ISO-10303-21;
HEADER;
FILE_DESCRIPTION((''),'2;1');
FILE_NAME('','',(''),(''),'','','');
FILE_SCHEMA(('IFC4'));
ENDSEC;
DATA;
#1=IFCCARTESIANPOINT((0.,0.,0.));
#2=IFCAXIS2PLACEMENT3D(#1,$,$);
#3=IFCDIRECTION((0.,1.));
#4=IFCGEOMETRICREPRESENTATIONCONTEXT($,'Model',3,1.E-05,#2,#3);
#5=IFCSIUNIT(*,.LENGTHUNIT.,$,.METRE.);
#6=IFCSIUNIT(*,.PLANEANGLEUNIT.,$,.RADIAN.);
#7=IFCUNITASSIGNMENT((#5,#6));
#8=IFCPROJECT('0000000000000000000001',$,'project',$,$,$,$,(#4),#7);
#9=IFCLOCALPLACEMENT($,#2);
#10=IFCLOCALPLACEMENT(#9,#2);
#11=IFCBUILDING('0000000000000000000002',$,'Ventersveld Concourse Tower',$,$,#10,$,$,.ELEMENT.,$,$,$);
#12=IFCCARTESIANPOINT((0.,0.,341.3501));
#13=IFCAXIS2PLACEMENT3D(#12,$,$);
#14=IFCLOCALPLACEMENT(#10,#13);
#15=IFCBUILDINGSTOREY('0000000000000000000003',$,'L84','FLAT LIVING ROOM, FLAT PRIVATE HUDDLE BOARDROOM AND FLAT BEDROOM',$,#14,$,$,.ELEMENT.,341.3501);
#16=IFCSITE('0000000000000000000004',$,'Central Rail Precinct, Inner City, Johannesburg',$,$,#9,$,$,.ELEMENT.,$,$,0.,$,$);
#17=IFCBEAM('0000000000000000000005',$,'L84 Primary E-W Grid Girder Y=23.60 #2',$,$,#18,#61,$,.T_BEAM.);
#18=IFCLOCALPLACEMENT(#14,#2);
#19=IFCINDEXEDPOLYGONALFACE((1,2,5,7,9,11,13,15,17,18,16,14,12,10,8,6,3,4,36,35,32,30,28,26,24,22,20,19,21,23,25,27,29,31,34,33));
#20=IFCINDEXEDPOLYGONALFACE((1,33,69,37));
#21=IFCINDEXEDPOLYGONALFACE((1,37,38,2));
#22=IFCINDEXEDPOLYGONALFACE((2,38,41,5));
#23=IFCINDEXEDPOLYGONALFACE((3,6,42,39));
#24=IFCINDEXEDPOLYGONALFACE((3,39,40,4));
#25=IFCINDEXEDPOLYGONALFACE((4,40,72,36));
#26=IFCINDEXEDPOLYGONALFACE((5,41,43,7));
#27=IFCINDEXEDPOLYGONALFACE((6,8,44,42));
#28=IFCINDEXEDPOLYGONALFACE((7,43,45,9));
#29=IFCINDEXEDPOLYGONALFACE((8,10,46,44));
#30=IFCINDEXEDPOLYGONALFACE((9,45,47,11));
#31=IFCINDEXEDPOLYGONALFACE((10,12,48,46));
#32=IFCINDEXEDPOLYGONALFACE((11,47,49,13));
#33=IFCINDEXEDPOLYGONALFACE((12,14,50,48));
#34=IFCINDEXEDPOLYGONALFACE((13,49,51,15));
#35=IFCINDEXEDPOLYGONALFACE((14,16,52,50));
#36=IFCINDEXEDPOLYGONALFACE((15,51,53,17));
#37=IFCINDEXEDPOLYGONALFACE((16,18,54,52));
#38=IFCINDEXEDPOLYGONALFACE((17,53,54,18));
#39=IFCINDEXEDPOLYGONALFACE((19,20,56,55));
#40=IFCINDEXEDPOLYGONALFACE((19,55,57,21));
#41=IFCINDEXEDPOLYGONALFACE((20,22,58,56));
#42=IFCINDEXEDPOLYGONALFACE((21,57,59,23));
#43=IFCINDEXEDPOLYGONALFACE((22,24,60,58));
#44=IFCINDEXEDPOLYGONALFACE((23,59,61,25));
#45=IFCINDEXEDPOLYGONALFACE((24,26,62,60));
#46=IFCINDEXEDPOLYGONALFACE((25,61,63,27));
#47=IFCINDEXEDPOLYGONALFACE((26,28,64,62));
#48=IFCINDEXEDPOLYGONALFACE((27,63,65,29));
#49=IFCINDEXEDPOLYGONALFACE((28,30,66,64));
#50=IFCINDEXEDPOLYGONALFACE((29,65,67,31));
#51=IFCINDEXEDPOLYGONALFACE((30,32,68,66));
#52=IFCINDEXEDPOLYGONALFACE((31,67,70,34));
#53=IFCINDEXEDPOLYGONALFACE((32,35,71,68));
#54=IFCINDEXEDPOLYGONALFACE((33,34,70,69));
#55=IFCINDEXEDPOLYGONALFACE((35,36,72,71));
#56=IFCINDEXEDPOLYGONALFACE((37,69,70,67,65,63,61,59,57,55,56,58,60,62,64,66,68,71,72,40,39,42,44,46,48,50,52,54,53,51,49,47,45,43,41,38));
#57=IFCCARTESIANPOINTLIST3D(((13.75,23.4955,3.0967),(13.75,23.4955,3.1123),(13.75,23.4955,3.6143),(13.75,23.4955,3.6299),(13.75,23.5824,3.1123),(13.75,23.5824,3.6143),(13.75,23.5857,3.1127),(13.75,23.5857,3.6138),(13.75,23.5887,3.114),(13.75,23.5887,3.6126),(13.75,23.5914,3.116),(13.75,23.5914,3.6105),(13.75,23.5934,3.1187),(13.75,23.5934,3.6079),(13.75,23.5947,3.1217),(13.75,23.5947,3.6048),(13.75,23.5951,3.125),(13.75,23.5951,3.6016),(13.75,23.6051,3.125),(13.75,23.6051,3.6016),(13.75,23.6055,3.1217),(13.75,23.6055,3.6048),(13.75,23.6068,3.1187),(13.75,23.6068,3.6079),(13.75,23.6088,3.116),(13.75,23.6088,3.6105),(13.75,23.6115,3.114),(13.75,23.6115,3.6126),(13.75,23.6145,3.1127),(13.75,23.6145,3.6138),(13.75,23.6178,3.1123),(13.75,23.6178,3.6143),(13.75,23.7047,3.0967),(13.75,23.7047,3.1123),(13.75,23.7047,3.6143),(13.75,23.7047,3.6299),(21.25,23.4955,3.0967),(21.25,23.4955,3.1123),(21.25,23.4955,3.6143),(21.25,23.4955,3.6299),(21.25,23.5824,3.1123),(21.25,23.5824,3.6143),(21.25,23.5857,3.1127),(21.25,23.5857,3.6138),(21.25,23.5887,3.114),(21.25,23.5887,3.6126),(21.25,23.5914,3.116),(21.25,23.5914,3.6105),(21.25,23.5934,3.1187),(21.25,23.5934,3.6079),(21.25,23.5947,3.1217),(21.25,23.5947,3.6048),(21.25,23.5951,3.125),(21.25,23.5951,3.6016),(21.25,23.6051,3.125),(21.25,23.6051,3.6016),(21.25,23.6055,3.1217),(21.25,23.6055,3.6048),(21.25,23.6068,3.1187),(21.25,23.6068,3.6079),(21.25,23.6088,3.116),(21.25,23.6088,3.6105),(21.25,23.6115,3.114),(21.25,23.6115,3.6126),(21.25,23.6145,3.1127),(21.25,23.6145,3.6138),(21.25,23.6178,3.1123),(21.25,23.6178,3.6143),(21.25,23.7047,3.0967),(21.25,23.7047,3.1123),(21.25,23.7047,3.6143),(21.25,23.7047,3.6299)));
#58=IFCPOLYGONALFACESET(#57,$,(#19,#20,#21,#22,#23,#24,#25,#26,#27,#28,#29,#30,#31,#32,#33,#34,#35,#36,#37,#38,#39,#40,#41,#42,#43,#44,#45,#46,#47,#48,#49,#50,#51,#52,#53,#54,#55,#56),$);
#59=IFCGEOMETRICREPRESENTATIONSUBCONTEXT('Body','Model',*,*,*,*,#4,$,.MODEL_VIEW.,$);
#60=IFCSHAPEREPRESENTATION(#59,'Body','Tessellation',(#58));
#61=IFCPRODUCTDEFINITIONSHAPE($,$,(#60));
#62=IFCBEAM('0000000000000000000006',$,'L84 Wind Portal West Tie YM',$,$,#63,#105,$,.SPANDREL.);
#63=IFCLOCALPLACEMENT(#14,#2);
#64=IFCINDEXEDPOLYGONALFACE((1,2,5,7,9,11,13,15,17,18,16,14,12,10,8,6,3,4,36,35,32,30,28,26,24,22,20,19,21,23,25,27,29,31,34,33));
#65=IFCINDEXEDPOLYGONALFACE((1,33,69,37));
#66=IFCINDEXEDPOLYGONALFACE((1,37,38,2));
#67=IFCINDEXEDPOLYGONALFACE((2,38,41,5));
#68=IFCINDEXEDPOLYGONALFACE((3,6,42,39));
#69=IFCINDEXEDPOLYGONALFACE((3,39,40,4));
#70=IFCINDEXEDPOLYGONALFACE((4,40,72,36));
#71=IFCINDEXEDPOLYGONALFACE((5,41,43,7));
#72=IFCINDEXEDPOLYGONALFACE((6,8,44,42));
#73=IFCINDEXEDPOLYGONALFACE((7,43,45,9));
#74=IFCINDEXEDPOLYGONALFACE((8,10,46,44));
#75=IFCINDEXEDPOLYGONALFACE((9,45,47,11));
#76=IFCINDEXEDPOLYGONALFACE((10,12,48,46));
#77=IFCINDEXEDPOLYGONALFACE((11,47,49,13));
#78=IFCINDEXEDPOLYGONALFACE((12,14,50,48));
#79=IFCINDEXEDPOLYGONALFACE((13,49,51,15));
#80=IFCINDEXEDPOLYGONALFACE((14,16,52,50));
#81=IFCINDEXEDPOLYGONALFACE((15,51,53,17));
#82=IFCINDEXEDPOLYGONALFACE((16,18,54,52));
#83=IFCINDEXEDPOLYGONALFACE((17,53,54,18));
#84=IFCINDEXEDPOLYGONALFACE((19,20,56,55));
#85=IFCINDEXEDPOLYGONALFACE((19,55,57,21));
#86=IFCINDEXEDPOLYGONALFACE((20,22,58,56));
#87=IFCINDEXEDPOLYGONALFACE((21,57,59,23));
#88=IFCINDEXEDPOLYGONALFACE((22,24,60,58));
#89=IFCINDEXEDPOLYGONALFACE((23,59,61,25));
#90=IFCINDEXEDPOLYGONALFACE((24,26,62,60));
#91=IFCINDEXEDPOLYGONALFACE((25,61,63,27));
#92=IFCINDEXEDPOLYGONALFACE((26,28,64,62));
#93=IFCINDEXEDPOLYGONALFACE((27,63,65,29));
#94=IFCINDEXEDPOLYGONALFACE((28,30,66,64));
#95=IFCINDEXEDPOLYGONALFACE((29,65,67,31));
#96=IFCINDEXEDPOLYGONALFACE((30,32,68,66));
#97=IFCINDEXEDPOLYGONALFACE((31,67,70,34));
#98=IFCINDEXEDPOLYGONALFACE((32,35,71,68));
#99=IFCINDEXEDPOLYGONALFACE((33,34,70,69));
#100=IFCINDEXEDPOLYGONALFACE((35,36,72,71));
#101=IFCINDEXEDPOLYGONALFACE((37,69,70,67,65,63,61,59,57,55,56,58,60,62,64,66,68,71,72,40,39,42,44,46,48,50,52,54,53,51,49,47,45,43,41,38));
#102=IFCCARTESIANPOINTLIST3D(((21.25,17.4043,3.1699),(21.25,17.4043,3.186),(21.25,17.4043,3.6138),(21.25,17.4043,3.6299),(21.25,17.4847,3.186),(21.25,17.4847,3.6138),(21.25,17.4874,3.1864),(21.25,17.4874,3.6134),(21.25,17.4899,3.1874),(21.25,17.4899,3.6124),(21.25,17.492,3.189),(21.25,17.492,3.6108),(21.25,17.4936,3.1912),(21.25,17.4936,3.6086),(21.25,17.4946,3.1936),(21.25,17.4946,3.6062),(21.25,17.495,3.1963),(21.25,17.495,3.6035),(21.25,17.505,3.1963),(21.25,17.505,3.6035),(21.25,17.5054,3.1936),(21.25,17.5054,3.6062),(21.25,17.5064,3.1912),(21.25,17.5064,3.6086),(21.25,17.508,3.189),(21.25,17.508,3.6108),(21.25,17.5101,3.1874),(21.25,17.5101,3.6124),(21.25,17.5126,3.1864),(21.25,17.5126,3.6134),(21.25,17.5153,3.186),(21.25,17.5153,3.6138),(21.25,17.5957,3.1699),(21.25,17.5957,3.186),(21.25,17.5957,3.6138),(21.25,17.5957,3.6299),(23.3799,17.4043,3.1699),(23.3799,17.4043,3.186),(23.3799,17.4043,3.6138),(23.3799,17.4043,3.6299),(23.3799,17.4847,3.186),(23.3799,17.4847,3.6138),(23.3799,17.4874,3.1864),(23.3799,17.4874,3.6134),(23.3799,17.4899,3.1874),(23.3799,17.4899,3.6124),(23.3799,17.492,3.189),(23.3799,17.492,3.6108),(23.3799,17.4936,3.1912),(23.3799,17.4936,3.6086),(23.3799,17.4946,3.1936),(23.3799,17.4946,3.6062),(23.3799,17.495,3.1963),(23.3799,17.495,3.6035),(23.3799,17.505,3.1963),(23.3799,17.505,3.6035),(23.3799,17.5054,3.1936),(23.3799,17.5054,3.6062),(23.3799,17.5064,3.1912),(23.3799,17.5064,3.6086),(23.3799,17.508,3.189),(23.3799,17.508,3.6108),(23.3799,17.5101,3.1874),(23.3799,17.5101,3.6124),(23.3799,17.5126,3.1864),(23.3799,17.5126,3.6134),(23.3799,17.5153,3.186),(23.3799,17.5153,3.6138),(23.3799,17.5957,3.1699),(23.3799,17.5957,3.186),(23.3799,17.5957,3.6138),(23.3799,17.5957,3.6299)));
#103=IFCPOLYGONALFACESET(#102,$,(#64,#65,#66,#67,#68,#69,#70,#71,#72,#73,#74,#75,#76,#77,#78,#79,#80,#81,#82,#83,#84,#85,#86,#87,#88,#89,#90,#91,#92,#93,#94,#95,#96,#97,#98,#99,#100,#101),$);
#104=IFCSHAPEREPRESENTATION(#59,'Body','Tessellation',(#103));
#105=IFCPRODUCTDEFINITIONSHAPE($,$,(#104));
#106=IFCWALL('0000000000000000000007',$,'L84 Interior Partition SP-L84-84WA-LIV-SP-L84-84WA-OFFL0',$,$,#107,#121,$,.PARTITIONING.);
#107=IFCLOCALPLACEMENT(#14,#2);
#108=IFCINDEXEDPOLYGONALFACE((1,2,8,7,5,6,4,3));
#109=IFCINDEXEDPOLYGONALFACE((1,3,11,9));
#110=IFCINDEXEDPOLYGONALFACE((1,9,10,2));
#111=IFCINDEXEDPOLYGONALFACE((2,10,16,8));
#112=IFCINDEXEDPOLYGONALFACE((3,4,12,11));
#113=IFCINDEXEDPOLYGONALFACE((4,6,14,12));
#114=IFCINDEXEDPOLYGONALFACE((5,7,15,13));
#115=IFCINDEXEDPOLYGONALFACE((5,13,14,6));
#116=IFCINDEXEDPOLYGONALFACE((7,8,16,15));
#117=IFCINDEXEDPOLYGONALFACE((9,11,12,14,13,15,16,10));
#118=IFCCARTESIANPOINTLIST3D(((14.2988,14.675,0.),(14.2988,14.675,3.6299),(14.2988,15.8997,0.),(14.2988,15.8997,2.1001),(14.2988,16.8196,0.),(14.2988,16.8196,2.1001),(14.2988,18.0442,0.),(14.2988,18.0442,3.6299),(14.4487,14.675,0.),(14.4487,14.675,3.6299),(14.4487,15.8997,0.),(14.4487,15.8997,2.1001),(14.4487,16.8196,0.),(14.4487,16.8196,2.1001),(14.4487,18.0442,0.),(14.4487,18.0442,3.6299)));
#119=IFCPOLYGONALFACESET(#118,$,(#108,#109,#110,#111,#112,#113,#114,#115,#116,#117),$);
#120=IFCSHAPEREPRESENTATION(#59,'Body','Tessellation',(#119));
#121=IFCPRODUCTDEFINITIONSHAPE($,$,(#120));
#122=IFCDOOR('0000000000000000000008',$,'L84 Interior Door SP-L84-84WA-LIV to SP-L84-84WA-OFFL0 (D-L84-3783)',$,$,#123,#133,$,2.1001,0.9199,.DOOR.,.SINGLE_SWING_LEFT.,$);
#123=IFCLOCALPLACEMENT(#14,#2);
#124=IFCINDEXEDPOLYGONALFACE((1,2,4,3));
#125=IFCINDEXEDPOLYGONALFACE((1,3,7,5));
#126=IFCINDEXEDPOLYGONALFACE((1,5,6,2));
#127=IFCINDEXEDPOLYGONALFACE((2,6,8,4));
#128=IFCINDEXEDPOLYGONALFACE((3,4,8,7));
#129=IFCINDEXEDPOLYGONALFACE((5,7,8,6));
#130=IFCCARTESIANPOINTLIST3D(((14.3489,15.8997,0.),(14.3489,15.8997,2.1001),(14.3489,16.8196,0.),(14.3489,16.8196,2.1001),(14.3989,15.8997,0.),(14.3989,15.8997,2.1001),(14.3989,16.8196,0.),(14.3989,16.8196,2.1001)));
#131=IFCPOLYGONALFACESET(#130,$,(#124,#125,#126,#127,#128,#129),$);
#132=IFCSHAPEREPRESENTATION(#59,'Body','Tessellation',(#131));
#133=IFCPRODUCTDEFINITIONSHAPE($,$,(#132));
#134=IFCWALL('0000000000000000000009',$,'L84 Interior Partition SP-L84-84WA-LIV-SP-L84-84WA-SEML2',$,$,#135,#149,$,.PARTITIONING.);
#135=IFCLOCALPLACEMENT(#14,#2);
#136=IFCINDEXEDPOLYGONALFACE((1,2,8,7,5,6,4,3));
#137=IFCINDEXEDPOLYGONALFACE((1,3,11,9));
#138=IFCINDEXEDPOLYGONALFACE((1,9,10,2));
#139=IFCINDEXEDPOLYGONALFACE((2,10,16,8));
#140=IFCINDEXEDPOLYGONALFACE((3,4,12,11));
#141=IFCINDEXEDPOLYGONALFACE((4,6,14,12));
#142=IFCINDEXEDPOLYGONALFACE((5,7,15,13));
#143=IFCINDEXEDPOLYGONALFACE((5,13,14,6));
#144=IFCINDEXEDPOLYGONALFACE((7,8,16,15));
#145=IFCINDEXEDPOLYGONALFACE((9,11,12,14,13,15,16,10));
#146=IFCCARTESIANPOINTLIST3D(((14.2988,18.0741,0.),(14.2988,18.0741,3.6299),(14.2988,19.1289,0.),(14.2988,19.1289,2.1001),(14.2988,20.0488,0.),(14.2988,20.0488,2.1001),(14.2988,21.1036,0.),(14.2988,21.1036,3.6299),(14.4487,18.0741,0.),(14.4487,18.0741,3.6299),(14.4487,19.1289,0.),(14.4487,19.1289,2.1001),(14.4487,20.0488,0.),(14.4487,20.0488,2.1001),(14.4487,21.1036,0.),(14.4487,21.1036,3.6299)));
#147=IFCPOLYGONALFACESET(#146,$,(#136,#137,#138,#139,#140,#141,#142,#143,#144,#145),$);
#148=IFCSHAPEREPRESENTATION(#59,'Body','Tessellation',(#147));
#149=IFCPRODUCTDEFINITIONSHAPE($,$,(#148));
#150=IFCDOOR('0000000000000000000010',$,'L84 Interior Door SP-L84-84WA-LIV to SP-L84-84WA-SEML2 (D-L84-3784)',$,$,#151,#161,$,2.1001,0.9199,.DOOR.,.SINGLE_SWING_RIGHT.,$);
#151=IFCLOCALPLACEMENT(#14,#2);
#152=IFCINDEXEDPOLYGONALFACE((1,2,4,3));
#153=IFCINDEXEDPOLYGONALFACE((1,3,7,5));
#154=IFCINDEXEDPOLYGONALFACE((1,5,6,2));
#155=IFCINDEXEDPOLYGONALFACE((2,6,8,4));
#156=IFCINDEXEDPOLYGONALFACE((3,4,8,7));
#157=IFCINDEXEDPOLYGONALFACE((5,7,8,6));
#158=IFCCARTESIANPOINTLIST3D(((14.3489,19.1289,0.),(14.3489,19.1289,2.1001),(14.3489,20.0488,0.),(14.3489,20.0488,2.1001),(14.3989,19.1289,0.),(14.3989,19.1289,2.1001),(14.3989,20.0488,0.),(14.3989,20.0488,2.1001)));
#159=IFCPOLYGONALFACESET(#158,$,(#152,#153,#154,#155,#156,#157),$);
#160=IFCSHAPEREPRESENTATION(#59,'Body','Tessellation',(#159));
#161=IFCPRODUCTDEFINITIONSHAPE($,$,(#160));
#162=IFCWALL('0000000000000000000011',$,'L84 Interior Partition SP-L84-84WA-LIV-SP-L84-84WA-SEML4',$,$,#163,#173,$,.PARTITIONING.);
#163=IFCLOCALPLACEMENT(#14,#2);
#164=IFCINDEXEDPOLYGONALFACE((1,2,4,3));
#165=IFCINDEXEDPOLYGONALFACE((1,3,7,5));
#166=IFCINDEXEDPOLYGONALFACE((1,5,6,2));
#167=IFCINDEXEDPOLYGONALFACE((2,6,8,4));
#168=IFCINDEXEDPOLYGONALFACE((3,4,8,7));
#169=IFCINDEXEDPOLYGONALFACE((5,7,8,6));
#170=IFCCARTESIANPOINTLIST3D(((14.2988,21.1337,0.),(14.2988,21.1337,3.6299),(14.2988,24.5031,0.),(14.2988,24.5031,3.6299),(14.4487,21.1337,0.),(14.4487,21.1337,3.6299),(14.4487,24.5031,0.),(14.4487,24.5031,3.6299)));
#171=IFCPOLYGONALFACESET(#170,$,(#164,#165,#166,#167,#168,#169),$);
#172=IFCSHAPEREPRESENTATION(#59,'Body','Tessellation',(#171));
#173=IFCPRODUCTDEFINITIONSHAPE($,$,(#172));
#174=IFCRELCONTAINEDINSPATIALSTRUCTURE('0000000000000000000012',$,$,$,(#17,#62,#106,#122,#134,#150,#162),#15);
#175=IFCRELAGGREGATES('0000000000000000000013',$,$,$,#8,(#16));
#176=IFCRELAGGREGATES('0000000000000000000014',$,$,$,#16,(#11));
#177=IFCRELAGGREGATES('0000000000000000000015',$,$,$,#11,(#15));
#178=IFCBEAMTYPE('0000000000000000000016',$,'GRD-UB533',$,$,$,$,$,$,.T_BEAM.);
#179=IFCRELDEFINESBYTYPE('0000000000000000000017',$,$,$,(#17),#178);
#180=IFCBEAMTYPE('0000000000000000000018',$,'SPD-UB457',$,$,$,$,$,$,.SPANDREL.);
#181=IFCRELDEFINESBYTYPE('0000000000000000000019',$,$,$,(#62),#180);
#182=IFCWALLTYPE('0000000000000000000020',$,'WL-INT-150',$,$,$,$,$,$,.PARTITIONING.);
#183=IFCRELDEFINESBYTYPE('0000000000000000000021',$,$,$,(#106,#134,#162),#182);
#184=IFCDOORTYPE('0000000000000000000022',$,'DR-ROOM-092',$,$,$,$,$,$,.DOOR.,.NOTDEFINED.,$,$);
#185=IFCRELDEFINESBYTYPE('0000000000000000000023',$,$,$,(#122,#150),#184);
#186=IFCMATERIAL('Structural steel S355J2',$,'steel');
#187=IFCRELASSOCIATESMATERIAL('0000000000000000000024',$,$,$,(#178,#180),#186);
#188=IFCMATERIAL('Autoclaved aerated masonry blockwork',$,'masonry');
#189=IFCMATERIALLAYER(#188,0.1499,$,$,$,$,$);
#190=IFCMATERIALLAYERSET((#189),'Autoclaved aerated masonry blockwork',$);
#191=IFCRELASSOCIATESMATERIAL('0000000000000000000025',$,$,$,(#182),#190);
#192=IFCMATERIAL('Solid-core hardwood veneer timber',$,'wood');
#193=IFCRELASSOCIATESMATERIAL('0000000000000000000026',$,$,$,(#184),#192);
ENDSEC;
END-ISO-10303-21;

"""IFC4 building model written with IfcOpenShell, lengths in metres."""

from ifc_helpers import new_model, si_unit, direction, frame, frame_2d, origin, origin_2d, place, context, subcontext, project, spatial, rectangle, i_section, extrude, material, layer, layer_set, material_profile, profile_set, type_object, element, fill, save


model = new_model("IFC4")

# Units and contexts
model_context = context("Model", 3, precision=1e-05, world=origin(), true_north=direction((0.0, 1.0)))
body_context = subcontext(model_context, "Body", "Model", "MODEL_VIEW")
ifc_project = project(units=[si_unit("LENGTHUNIT", "METRE"), si_unit("PLANEANGLEUNIT", "RADIAN")], contexts=[model_context])

# Site, building, storey
site_placement = place(None, origin())
site = spatial("IfcSite", under=ifc_project, at=site_placement, Name="Central Rail Precinct, Inner City, Johannesburg", CompositionType="ELEMENT", RefElevation=0.0)
building_placement = place(site_placement, origin())
building = spatial("IfcBuilding", under=site, at=building_placement, Name="Ventersveld Concourse Tower", CompositionType="ELEMENT")
storey_placement = place(building_placement, frame((0.0, 0.0, 341.3501)))
storey = spatial("IfcBuildingStorey", under=building, at=storey_placement, Name="L84", Description="FLAT LIVING ROOM, FLAT PRIVATE HUDDLE BOARDROOM AND FLAT BEDROOM", CompositionType="ELEMENT", Elevation=341.3501)

# Shared definitions
ifc_material_1 = material(Name="Structural steel S355J2", Category="steel")

# Beams
ifc_material_profile_1 = material_profile(ifc_material_1, i_section(OverallWidth=0.2092, OverallDepth=0.5332, WebThickness=0.01, FlangeThickness=0.0156, FilletRadius=0.0127, at=origin_2d()), Name="UB 533x210x92")
ifc_profile_set_1 = profile_set([ifc_material_profile_1], Name="Structural steel S355J2")
beam_type_1 = type_object("IfcBeamType", Name="GRD-UB533", PredefinedType="T_BEAM", material=ifc_profile_set_1)
beam_1_placement = place(storey_placement, frame((13.75, 23.6001, 3.3633), z_axis=(1.0, 0.0, 0.0), x_axis=(0.0, 1.0, 0.0)))
element("IfcBeam", 1, at=beam_1_placement, inside=storey, type_object=beam_type_1, Name="L84 Primary E-W Grid Girder Y=23.60 #2", PredefinedType="T_BEAM", context=body_context, shape_type="SweptSolid", body=[
    extrude(i_section(OverallWidth=0.2092, OverallDepth=0.5332, WebThickness=0.01, FlangeThickness=0.0156, FilletRadius=0.0127, at=origin_2d()), origin(), (0.0, 0.0, 1.0), 7.5),
])
ifc_material_profile_2 = material_profile(ifc_material_1, i_section(OverallWidth=0.1914, OverallDepth=0.46, WebThickness=0.01, FlangeThickness=0.0161, FilletRadius=0.0103, at=origin_2d()), Name="UB 457x191x82")
ifc_profile_set_2 = profile_set([ifc_material_profile_2], Name="Structural steel S355J2")
beam_type_2 = type_object("IfcBeamType", Name="SPD-UB457", PredefinedType="SPANDREL", material=ifc_profile_set_2)
beam_2_placement = place(storey_placement, frame((21.25, 17.5, 3.3999), z_axis=(1.0, 0.0, 0.0), x_axis=(0.0, 1.0, 0.0)))
element("IfcBeam", 2, at=beam_2_placement, inside=storey, type_object=beam_type_2, Name="L84 Wind Portal West Tie YM", PredefinedType="SPANDREL", context=body_context, shape_type="SweptSolid", body=[
    extrude(i_section(OverallWidth=0.1914, OverallDepth=0.46, WebThickness=0.01, FlangeThickness=0.0161, FilletRadius=0.0103, at=origin_2d()), origin(), (0.0, 0.0, 1.0), 2.1299),
])

# Walls, openings, doors
ifc_material_2 = material(Name="Autoclaved aerated masonry blockwork", Category="masonry")
ifc_layer_1 = layer(ifc_material_2, 0.1499)
ifc_layer_set_1 = layer_set([ifc_layer_1], Name="Autoclaved aerated masonry blockwork")
wall_type_1 = type_object("IfcWallType", Name="WL-INT-150", PredefinedType="PARTITIONING", material=ifc_layer_set_1)
wall_1_placement = place(storey_placement, frame((14.3738, 14.675, 0.0), z_axis=(0.0, 0.0, 1.0), x_axis=(0.0, 1.0, 0.0)))
wall_1 = element("IfcWall", 3, at=wall_1_placement, inside=storey, type_object=wall_type_1, Name="L84 Interior Partition SP-L84-84WA-LIV-SP-L84-84WA-OFFL0", PredefinedType="PARTITIONING", context=body_context, shape_type="SweptSolid", body=[
    extrude(rectangle(XDim=3.3691, YDim=0.1499, at=frame_2d((1.6846, 0.0))), origin(), (0.0, 0.0, 1.0), 3.6299),
])
opening_1_placement = place(wall_1_placement, frame((1.2246, 0.0, 0.0)))
opening_1 = element("IfcOpeningElement", 4, at=opening_1_placement, cuts=wall_1, PredefinedType="OPENING", context=body_context, shape_type="SweptSolid", body=[
    extrude(rectangle(XDim=0.9199, YDim=2.1001, at=frame_2d((0.46, 1.05))), frame((0.0, 0.085, 0.0), z_axis=(0.0, -1.0, 0.0), x_axis=(1.0, 0.0, 0.0)), (0.0, 0.0, 1.0), 0.1699),
])
ifc_material_3 = material(Name="Solid-core hardwood veneer timber", Category="wood")
door_type = type_object("IfcDoorType", Name="DR-ROOM-092", OperationType="NOTDEFINED", PredefinedType="DOOR", material=ifc_material_3)
door_1_placement = place(opening_1_placement, origin())
door_1 = element("IfcDoor", 5, at=door_1_placement, inside=storey, type_object=door_type, Name="L84 Interior Door SP-L84-84WA-LIV to SP-L84-84WA-OFFL0 (D-L84-3783)", OperationType="SINGLE_SWING_LEFT", OverallHeight=2.1001, OverallWidth=0.9199, PredefinedType="DOOR", context=body_context, shape_type="SweptSolid", body=[
    extrude(rectangle(XDim=0.9199, YDim=2.1001, at=frame_2d((0.46, 1.05))), frame((0.0, 0.0249, 0.0), z_axis=(0.0, -1.0, 0.0), x_axis=(1.0, 0.0, 0.0)), (0.0, 0.0, 1.0), 0.05),
])
fill(opening_1, door_1)
wall_2_placement = place(storey_placement, frame((14.3738, 18.0742, 0.0), z_axis=(0.0, 0.0, 1.0), x_axis=(0.0, 1.0, 0.0)))
wall_2 = element("IfcWall", 6, at=wall_2_placement, inside=storey, type_object=wall_type_1, Name="L84 Interior Partition SP-L84-84WA-LIV-SP-L84-84WA-SEML2", PredefinedType="PARTITIONING", context=body_context, shape_type="SweptSolid", body=[
    extrude(rectangle(XDim=3.0295, YDim=0.1499, at=frame_2d((1.5146, 0.0))), origin(), (0.0, 0.0, 1.0), 3.6299),
])
opening_2_placement = place(wall_2_placement, frame((1.0547, 0.0, 0.0)))
opening_2 = element("IfcOpeningElement", 7, at=opening_2_placement, cuts=wall_2, PredefinedType="OPENING", context=body_context, shape_type="SweptSolid", body=[
    extrude(rectangle(XDim=0.9199, YDim=2.1001, at=frame_2d((0.46, 1.05))), frame((0.0, 0.085, 0.0), z_axis=(0.0, -1.0, 0.0), x_axis=(1.0, 0.0, 0.0)), (0.0, 0.0, 1.0), 0.1699),
])
door_2_placement = place(opening_2_placement, origin())
door_2 = element("IfcDoor", 8, at=door_2_placement, inside=storey, type_object=door_type, Name="L84 Interior Door SP-L84-84WA-LIV to SP-L84-84WA-SEML2 (D-L84-3784)", OperationType="SINGLE_SWING_RIGHT", OverallHeight=2.1001, OverallWidth=0.9199, PredefinedType="DOOR", context=body_context, shape_type="SweptSolid", body=[
    extrude(rectangle(XDim=0.9199, YDim=2.1001, at=frame_2d((0.46, 1.05))), frame((0.0, 0.0249, 0.0), z_axis=(0.0, -1.0, 0.0), x_axis=(1.0, 0.0, 0.0)), (0.0, 0.0, 1.0), 0.05),
])
fill(opening_2, door_2)

# Wall
wall_3_placement = place(storey_placement, frame((14.3738, 21.1338, 0.0), z_axis=(0.0, 0.0, 1.0), x_axis=(0.0, 1.0, 0.0)))
element("IfcWall", 9, at=wall_3_placement, inside=storey, type_object=wall_type_1, Name="L84 Interior Partition SP-L84-84WA-LIV-SP-L84-84WA-SEML4", PredefinedType="PARTITIONING", context=body_context, shape_type="SweptSolid", body=[
    extrude(rectangle(XDim=3.3694, YDim=0.1499, at=frame_2d((1.6846, 0.0))), origin(), (0.0, 0.0, 1.0), 3.6299),
])

save(model, "model.ifc")
